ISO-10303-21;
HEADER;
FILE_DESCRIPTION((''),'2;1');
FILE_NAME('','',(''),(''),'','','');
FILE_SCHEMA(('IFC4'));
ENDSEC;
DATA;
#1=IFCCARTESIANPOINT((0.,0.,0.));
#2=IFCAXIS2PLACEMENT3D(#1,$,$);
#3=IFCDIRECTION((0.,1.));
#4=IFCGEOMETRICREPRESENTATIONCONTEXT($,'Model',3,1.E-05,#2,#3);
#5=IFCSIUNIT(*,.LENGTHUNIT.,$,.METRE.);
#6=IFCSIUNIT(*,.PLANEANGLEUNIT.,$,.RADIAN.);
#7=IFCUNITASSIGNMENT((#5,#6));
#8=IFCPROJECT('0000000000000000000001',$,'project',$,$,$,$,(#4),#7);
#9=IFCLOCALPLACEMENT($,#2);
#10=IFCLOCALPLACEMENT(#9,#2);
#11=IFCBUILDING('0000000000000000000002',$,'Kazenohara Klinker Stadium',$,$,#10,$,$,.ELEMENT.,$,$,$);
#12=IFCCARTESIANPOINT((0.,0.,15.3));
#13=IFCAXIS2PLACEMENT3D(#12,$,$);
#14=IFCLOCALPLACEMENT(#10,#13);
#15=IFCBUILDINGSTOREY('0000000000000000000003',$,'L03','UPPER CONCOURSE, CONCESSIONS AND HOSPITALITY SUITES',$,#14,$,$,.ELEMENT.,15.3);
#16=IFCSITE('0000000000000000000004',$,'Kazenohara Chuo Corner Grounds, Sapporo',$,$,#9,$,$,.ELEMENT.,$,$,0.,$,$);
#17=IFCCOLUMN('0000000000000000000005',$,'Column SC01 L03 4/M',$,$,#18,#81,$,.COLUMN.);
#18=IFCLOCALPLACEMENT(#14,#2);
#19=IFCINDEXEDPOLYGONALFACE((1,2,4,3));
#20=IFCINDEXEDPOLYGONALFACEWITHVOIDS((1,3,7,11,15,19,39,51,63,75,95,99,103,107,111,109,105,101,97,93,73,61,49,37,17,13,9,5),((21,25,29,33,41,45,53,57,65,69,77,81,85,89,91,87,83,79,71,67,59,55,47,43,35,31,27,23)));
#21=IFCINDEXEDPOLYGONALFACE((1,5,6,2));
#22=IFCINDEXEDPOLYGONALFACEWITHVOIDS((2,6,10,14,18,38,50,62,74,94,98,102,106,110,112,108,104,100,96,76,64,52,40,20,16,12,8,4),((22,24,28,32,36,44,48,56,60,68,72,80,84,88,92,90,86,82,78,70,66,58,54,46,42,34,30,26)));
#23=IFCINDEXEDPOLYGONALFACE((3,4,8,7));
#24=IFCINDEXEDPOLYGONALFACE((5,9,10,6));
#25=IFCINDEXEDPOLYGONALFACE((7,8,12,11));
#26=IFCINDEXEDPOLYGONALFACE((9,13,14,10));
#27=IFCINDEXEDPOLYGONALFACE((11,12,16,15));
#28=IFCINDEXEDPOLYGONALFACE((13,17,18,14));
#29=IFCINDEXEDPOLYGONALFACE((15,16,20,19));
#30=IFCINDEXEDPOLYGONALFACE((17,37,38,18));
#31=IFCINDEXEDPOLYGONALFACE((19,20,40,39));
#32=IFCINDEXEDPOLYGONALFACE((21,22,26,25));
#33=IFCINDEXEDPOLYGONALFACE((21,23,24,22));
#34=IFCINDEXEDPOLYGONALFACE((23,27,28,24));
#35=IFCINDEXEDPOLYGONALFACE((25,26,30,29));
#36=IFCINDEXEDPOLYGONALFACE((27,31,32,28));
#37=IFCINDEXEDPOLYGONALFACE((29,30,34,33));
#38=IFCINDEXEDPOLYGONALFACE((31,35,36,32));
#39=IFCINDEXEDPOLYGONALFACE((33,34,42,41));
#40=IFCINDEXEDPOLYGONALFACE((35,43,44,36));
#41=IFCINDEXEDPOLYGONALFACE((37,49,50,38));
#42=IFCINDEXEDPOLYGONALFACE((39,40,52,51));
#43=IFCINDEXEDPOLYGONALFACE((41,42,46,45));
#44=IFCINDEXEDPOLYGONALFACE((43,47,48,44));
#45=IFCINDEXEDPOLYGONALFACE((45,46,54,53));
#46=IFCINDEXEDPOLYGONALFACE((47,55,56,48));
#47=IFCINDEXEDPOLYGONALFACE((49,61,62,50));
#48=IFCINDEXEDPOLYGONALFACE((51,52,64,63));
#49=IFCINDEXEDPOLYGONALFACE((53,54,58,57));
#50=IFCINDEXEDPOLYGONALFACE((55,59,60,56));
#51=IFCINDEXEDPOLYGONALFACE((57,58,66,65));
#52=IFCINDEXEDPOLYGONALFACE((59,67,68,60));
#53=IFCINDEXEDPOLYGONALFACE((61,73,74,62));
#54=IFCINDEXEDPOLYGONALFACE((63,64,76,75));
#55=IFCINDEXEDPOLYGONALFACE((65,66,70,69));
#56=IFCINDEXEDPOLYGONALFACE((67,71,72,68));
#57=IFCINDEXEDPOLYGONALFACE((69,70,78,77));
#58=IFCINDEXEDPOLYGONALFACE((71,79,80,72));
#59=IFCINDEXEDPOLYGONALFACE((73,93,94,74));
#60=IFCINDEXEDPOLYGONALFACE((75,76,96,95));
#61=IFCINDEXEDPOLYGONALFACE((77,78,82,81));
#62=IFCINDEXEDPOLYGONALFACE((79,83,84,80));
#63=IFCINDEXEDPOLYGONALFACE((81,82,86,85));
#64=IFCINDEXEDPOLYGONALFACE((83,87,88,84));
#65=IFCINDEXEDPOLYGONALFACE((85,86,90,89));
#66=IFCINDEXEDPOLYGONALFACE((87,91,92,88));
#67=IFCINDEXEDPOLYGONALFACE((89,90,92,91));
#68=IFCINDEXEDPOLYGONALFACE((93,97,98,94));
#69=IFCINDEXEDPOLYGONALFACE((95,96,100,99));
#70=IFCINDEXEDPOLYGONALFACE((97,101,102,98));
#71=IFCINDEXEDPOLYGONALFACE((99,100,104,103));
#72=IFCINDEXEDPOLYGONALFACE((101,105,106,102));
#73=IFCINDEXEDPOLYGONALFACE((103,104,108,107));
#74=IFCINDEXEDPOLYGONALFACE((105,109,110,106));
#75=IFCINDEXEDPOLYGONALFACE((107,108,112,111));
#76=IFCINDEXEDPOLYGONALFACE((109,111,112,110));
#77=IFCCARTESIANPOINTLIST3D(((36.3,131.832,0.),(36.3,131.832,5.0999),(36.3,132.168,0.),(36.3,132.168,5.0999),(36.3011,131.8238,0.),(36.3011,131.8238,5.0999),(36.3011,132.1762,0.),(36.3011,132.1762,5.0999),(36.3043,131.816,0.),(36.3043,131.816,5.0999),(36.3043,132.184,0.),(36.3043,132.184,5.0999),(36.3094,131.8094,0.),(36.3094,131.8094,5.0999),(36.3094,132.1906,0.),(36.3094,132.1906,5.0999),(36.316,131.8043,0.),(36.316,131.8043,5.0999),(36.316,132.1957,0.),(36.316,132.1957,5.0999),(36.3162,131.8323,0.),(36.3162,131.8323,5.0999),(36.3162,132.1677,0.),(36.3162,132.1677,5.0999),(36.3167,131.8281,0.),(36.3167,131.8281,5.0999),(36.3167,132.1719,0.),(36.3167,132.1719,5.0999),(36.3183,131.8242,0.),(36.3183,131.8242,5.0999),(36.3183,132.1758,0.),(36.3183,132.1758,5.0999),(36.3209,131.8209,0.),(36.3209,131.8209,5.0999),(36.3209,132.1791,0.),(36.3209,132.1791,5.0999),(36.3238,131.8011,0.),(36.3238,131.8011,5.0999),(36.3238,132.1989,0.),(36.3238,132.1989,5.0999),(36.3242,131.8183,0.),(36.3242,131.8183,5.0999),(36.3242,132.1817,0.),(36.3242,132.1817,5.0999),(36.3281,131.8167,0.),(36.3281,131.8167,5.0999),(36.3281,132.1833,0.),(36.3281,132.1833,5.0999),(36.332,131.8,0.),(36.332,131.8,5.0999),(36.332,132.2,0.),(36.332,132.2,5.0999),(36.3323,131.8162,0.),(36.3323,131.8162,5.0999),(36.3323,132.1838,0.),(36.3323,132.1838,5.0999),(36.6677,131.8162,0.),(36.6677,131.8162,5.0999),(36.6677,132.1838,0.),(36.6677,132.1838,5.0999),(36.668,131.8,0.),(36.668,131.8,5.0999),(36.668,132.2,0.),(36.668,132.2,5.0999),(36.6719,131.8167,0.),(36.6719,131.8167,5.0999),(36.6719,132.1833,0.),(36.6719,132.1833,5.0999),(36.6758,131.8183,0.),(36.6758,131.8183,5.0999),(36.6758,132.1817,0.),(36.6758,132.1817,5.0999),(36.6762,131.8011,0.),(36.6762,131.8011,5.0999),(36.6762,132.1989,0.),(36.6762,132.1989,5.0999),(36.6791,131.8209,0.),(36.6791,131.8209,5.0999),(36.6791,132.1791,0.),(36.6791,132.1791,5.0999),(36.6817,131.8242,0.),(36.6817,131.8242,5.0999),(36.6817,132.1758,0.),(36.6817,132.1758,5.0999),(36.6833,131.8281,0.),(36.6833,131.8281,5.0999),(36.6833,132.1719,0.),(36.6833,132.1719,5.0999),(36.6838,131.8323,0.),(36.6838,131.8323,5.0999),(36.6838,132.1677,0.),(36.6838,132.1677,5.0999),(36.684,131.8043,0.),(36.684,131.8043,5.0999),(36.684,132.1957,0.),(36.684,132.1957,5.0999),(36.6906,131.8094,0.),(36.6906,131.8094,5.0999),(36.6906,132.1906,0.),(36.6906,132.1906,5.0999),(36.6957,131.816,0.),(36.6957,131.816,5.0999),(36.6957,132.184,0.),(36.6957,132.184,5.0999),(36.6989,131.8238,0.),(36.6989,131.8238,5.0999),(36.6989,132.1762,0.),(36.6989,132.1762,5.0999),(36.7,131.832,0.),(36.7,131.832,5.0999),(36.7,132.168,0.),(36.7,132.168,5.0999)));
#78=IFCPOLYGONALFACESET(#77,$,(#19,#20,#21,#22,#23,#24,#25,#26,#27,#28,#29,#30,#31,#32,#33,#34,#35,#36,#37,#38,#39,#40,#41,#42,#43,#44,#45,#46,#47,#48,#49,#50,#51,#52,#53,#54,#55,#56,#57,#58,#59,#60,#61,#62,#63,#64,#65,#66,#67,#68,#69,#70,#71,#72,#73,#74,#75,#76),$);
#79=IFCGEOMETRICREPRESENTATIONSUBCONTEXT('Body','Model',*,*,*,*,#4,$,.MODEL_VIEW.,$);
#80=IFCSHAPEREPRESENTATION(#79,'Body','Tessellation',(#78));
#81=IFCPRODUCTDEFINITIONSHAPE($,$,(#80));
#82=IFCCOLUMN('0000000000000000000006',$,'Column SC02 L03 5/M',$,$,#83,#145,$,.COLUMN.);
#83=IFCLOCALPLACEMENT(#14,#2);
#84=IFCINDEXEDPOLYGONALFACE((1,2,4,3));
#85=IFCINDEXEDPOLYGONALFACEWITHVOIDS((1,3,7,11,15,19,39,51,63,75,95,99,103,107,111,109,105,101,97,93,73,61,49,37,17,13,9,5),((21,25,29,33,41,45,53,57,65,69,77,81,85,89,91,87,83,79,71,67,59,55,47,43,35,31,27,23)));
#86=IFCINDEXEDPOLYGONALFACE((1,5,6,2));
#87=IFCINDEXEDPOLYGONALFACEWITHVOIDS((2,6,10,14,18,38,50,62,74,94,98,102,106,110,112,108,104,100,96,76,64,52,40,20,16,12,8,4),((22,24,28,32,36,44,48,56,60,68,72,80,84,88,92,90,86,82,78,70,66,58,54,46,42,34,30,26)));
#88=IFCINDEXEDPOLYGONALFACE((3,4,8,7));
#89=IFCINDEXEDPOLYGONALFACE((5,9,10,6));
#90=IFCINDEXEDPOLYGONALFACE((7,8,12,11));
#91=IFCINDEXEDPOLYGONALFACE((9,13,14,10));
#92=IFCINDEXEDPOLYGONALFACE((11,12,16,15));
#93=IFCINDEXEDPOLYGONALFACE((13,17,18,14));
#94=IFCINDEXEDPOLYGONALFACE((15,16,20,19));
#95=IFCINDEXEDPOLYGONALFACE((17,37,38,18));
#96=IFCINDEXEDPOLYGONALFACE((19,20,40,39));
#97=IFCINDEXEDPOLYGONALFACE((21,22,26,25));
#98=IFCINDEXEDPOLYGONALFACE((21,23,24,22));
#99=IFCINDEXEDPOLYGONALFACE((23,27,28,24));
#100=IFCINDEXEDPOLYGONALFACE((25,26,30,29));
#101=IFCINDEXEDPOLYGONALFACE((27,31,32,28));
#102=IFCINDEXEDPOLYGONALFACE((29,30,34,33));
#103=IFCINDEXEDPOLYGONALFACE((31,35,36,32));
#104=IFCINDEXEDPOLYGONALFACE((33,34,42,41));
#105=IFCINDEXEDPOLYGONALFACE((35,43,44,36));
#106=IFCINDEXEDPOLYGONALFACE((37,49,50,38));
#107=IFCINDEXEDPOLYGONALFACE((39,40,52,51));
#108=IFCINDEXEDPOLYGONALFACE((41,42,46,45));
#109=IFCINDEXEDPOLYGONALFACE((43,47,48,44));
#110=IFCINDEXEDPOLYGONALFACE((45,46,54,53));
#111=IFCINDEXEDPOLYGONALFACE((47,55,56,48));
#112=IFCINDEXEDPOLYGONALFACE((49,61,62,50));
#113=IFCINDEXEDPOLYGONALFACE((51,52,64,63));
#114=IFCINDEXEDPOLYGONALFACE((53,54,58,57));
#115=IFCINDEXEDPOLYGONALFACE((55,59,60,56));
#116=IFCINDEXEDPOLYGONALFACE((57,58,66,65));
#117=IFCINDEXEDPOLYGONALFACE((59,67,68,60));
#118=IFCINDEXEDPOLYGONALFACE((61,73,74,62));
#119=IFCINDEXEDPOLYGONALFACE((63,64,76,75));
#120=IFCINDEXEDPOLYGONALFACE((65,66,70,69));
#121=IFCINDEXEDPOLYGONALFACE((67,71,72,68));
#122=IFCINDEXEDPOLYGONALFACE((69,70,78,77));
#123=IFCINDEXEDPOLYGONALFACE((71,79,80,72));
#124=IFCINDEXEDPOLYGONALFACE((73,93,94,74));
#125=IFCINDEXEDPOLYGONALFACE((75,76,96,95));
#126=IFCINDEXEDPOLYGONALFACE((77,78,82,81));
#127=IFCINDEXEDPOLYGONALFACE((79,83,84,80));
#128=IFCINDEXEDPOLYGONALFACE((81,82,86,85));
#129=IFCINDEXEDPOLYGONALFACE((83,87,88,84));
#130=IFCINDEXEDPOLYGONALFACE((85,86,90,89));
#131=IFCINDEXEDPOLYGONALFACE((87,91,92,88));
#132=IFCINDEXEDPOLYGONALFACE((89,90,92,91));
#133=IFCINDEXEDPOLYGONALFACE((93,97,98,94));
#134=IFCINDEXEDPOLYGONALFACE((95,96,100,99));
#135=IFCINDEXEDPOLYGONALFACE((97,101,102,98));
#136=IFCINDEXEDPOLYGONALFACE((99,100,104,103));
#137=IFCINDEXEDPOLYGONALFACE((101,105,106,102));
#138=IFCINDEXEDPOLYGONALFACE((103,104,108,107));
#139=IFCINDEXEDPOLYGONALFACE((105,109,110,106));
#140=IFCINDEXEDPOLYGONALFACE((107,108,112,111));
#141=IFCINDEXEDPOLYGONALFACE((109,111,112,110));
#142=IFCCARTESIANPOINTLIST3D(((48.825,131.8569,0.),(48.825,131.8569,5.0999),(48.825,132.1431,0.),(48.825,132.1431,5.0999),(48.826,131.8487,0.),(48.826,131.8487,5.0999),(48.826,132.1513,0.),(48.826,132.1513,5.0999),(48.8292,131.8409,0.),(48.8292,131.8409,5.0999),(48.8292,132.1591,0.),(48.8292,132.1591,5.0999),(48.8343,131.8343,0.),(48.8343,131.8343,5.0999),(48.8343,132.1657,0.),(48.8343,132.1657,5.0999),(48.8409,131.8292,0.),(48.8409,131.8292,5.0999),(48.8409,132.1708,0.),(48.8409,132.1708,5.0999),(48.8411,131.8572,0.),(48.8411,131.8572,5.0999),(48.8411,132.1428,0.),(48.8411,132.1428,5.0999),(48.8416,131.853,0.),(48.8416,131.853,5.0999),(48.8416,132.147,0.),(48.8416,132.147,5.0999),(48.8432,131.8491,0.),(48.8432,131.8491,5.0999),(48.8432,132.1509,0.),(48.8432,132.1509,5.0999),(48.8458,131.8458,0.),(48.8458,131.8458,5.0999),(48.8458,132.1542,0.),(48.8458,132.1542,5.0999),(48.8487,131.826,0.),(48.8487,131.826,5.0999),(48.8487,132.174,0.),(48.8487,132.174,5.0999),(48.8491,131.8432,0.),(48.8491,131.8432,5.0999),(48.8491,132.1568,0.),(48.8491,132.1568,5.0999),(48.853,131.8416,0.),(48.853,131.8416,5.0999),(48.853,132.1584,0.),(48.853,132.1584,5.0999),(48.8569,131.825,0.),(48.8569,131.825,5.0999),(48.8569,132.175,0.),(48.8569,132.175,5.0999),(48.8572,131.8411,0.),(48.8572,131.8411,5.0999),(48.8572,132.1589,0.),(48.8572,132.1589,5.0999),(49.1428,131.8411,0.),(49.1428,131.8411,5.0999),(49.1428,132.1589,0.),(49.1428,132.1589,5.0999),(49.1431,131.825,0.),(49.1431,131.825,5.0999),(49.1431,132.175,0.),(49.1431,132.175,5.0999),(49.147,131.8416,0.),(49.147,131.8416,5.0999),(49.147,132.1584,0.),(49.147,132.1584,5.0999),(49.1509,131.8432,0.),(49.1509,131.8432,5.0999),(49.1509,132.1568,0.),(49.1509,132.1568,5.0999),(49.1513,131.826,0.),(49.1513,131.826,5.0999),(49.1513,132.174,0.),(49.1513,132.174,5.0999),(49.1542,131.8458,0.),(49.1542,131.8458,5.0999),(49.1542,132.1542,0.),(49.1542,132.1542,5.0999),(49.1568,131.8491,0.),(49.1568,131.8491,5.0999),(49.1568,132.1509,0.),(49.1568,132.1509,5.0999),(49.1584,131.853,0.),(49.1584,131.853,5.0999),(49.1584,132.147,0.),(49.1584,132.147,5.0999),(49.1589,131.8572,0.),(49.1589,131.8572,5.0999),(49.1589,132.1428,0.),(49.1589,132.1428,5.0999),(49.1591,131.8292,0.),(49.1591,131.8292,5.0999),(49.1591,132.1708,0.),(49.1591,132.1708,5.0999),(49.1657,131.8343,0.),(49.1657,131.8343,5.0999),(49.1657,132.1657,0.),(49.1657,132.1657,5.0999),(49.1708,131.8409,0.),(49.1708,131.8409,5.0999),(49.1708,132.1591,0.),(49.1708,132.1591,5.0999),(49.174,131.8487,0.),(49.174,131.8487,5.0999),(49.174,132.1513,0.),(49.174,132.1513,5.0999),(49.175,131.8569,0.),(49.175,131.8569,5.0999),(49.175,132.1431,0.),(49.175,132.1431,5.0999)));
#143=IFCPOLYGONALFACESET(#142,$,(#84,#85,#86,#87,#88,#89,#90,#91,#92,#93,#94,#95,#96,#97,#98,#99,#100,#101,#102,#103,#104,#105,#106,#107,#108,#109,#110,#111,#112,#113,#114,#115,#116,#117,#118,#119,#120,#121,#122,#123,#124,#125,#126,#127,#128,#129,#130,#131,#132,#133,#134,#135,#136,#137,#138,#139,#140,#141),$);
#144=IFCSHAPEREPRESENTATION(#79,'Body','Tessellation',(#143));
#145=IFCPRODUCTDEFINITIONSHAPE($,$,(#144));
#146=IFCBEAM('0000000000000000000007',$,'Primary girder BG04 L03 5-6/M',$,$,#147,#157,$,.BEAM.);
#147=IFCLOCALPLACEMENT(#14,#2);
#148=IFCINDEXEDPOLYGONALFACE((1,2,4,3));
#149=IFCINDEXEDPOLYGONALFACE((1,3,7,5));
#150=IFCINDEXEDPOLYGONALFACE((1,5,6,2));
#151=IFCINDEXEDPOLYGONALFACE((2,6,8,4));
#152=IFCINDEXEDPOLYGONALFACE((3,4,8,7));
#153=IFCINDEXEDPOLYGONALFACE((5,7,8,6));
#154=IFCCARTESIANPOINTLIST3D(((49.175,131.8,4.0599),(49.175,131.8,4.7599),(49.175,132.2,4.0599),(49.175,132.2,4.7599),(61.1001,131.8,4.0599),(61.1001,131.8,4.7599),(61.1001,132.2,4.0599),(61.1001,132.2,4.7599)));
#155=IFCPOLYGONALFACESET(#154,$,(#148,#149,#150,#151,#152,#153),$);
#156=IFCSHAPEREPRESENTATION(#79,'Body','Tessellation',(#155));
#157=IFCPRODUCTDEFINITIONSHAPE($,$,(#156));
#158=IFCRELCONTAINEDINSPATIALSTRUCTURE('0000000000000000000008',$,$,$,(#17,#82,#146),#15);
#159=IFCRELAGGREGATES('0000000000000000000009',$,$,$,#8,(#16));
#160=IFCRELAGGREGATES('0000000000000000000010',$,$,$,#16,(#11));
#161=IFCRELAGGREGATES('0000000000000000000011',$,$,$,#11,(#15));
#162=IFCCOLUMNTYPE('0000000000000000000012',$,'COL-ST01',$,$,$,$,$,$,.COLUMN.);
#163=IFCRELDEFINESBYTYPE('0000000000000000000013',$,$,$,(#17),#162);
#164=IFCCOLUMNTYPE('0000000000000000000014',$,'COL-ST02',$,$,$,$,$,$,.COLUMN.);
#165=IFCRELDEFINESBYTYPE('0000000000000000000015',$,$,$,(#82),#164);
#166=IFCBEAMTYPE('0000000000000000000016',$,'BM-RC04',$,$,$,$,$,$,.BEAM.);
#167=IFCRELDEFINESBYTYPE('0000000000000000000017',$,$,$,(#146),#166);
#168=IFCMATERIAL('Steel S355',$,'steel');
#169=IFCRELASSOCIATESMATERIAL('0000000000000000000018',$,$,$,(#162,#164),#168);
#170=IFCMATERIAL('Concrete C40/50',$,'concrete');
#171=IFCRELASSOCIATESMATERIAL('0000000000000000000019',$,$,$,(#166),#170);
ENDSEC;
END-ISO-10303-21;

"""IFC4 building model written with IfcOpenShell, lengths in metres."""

from ifc_helpers import new_model, si_unit, direction, frame, origin, origin_2d, place, context, subcontext, project, spatial, rectangle, hollow_rectangle, extrude, material, material_profile, profile_set, type_object, element, save


model = new_model("IFC4")

# Units and contexts
model_context = context("Model", 3, precision=1e-05, world=origin(), true_north=direction((0.0, 1.0)))
body_context = subcontext(model_context, "Body", "Model", "MODEL_VIEW")
ifc_project = project(units=[si_unit("LENGTHUNIT", "METRE"), si_unit("PLANEANGLEUNIT", "RADIAN")], contexts=[model_context])

# Site, building, storey
site_placement = place(None, origin())
site = spatial("IfcSite", under=ifc_project, at=site_placement, Name="Kazenohara Chuo Corner Grounds, Sapporo", CompositionType="ELEMENT", RefElevation=0.0)
building_placement = place(site_placement, origin())
building = spatial("IfcBuilding", under=site, at=building_placement, Name="Kazenohara Klinker Stadium", CompositionType="ELEMENT")
storey_placement = place(building_placement, frame((0.0, 0.0, 15.3)))
storey = spatial("IfcBuildingStorey", under=building, at=storey_placement, Name="L03", Description="UPPER CONCOURSE, CONCESSIONS AND HOSPITALITY SUITES", CompositionType="ELEMENT", Elevation=15.3)

# Columns
ifc_material_1 = material(Name="Steel S355", Category="steel")
ifc_material_profile_1 = material_profile(ifc_material_1, hollow_rectangle(XDim=0.3999, YDim=0.3999, WallThickness=0.0161, InnerFilletRadius=0.0161, OuterFilletRadius=0.032, at=origin_2d()), Name="SHS-400x400x16")
ifc_profile_set_1 = profile_set([ifc_material_profile_1], Name="Steel S355")
column_type_1 = type_object("IfcColumnType", Name="COL-ST01", PredefinedType="COLUMN", material=ifc_profile_set_1)
column_1_placement = place(storey_placement, frame((36.5, 132.0, 0.0), z_axis=(0.0, 0.0, 1.0), x_axis=(1.0, 0.0, 0.0)))
element("IfcColumn", 1, at=column_1_placement, inside=storey, type_object=column_type_1, Name="Column SC01 L03 4/M", PredefinedType="COLUMN", context=body_context, shape_type="SweptSolid", body=[
    extrude(hollow_rectangle(XDim=0.3999, YDim=0.3999, WallThickness=0.0161, InnerFilletRadius=0.0161, OuterFilletRadius=0.032, at=origin_2d()), origin(), (0.0, 0.0, 1.0), 5.0999),
])
ifc_material_profile_2 = material_profile(ifc_material_1, hollow_rectangle(XDim=0.3501, YDim=0.3501, WallThickness=0.0161, InnerFilletRadius=0.0161, OuterFilletRadius=0.032, at=origin_2d()), Name="SHS-350x350x16")
ifc_profile_set_2 = profile_set([ifc_material_profile_2], Name="Steel S355")
column_type_2 = type_object("IfcColumnType", Name="COL-ST02", PredefinedType="COLUMN", material=ifc_profile_set_2)
column_2_placement = place(storey_placement, frame((49.0, 132.0, 0.0), z_axis=(0.0, 0.0, 1.0), x_axis=(1.0, 0.0, 0.0)))
element("IfcColumn", 2, at=column_2_placement, inside=storey, type_object=column_type_2, Name="Column SC02 L03 5/M", PredefinedType="COLUMN", context=body_context, shape_type="SweptSolid", body=[
    extrude(hollow_rectangle(XDim=0.3501, YDim=0.3501, WallThickness=0.0161, InnerFilletRadius=0.0161, OuterFilletRadius=0.032, at=origin_2d()), origin(), (0.0, 0.0, 1.0), 5.0999),
])

# Beam
ifc_material_2 = material(Name="Concrete C40/50", Category="concrete")
ifc_material_profile_3 = material_profile(ifc_material_2, rectangle(XDim=0.3999, YDim=0.7, at=origin_2d()), Name="RC-BM-400x700")
ifc_profile_set_3 = profile_set([ifc_material_profile_3], Name="Concrete C40/50")
beam_type_1 = type_object("IfcBeamType", Name="BM-RC04", PredefinedType="BEAM", material=ifc_profile_set_3)
beam_1_placement = place(storey_placement, frame((49.175, 132.0, 4.4099), z_axis=(1.0, 0.0, 0.0), x_axis=(0.0, 1.0, 0.0)))
element("IfcBeam", 3, at=beam_1_placement, inside=storey, type_object=beam_type_1, Name="Primary girder BG04 L03 5-6/M", PredefinedType="BEAM", context=body_context, shape_type="SweptSolid", body=[
    extrude(rectangle(XDim=0.3999, YDim=0.7, at=origin_2d()), origin(), (0.0, 0.0, 1.0), 11.925),
])

save(model, "model.ifc")
